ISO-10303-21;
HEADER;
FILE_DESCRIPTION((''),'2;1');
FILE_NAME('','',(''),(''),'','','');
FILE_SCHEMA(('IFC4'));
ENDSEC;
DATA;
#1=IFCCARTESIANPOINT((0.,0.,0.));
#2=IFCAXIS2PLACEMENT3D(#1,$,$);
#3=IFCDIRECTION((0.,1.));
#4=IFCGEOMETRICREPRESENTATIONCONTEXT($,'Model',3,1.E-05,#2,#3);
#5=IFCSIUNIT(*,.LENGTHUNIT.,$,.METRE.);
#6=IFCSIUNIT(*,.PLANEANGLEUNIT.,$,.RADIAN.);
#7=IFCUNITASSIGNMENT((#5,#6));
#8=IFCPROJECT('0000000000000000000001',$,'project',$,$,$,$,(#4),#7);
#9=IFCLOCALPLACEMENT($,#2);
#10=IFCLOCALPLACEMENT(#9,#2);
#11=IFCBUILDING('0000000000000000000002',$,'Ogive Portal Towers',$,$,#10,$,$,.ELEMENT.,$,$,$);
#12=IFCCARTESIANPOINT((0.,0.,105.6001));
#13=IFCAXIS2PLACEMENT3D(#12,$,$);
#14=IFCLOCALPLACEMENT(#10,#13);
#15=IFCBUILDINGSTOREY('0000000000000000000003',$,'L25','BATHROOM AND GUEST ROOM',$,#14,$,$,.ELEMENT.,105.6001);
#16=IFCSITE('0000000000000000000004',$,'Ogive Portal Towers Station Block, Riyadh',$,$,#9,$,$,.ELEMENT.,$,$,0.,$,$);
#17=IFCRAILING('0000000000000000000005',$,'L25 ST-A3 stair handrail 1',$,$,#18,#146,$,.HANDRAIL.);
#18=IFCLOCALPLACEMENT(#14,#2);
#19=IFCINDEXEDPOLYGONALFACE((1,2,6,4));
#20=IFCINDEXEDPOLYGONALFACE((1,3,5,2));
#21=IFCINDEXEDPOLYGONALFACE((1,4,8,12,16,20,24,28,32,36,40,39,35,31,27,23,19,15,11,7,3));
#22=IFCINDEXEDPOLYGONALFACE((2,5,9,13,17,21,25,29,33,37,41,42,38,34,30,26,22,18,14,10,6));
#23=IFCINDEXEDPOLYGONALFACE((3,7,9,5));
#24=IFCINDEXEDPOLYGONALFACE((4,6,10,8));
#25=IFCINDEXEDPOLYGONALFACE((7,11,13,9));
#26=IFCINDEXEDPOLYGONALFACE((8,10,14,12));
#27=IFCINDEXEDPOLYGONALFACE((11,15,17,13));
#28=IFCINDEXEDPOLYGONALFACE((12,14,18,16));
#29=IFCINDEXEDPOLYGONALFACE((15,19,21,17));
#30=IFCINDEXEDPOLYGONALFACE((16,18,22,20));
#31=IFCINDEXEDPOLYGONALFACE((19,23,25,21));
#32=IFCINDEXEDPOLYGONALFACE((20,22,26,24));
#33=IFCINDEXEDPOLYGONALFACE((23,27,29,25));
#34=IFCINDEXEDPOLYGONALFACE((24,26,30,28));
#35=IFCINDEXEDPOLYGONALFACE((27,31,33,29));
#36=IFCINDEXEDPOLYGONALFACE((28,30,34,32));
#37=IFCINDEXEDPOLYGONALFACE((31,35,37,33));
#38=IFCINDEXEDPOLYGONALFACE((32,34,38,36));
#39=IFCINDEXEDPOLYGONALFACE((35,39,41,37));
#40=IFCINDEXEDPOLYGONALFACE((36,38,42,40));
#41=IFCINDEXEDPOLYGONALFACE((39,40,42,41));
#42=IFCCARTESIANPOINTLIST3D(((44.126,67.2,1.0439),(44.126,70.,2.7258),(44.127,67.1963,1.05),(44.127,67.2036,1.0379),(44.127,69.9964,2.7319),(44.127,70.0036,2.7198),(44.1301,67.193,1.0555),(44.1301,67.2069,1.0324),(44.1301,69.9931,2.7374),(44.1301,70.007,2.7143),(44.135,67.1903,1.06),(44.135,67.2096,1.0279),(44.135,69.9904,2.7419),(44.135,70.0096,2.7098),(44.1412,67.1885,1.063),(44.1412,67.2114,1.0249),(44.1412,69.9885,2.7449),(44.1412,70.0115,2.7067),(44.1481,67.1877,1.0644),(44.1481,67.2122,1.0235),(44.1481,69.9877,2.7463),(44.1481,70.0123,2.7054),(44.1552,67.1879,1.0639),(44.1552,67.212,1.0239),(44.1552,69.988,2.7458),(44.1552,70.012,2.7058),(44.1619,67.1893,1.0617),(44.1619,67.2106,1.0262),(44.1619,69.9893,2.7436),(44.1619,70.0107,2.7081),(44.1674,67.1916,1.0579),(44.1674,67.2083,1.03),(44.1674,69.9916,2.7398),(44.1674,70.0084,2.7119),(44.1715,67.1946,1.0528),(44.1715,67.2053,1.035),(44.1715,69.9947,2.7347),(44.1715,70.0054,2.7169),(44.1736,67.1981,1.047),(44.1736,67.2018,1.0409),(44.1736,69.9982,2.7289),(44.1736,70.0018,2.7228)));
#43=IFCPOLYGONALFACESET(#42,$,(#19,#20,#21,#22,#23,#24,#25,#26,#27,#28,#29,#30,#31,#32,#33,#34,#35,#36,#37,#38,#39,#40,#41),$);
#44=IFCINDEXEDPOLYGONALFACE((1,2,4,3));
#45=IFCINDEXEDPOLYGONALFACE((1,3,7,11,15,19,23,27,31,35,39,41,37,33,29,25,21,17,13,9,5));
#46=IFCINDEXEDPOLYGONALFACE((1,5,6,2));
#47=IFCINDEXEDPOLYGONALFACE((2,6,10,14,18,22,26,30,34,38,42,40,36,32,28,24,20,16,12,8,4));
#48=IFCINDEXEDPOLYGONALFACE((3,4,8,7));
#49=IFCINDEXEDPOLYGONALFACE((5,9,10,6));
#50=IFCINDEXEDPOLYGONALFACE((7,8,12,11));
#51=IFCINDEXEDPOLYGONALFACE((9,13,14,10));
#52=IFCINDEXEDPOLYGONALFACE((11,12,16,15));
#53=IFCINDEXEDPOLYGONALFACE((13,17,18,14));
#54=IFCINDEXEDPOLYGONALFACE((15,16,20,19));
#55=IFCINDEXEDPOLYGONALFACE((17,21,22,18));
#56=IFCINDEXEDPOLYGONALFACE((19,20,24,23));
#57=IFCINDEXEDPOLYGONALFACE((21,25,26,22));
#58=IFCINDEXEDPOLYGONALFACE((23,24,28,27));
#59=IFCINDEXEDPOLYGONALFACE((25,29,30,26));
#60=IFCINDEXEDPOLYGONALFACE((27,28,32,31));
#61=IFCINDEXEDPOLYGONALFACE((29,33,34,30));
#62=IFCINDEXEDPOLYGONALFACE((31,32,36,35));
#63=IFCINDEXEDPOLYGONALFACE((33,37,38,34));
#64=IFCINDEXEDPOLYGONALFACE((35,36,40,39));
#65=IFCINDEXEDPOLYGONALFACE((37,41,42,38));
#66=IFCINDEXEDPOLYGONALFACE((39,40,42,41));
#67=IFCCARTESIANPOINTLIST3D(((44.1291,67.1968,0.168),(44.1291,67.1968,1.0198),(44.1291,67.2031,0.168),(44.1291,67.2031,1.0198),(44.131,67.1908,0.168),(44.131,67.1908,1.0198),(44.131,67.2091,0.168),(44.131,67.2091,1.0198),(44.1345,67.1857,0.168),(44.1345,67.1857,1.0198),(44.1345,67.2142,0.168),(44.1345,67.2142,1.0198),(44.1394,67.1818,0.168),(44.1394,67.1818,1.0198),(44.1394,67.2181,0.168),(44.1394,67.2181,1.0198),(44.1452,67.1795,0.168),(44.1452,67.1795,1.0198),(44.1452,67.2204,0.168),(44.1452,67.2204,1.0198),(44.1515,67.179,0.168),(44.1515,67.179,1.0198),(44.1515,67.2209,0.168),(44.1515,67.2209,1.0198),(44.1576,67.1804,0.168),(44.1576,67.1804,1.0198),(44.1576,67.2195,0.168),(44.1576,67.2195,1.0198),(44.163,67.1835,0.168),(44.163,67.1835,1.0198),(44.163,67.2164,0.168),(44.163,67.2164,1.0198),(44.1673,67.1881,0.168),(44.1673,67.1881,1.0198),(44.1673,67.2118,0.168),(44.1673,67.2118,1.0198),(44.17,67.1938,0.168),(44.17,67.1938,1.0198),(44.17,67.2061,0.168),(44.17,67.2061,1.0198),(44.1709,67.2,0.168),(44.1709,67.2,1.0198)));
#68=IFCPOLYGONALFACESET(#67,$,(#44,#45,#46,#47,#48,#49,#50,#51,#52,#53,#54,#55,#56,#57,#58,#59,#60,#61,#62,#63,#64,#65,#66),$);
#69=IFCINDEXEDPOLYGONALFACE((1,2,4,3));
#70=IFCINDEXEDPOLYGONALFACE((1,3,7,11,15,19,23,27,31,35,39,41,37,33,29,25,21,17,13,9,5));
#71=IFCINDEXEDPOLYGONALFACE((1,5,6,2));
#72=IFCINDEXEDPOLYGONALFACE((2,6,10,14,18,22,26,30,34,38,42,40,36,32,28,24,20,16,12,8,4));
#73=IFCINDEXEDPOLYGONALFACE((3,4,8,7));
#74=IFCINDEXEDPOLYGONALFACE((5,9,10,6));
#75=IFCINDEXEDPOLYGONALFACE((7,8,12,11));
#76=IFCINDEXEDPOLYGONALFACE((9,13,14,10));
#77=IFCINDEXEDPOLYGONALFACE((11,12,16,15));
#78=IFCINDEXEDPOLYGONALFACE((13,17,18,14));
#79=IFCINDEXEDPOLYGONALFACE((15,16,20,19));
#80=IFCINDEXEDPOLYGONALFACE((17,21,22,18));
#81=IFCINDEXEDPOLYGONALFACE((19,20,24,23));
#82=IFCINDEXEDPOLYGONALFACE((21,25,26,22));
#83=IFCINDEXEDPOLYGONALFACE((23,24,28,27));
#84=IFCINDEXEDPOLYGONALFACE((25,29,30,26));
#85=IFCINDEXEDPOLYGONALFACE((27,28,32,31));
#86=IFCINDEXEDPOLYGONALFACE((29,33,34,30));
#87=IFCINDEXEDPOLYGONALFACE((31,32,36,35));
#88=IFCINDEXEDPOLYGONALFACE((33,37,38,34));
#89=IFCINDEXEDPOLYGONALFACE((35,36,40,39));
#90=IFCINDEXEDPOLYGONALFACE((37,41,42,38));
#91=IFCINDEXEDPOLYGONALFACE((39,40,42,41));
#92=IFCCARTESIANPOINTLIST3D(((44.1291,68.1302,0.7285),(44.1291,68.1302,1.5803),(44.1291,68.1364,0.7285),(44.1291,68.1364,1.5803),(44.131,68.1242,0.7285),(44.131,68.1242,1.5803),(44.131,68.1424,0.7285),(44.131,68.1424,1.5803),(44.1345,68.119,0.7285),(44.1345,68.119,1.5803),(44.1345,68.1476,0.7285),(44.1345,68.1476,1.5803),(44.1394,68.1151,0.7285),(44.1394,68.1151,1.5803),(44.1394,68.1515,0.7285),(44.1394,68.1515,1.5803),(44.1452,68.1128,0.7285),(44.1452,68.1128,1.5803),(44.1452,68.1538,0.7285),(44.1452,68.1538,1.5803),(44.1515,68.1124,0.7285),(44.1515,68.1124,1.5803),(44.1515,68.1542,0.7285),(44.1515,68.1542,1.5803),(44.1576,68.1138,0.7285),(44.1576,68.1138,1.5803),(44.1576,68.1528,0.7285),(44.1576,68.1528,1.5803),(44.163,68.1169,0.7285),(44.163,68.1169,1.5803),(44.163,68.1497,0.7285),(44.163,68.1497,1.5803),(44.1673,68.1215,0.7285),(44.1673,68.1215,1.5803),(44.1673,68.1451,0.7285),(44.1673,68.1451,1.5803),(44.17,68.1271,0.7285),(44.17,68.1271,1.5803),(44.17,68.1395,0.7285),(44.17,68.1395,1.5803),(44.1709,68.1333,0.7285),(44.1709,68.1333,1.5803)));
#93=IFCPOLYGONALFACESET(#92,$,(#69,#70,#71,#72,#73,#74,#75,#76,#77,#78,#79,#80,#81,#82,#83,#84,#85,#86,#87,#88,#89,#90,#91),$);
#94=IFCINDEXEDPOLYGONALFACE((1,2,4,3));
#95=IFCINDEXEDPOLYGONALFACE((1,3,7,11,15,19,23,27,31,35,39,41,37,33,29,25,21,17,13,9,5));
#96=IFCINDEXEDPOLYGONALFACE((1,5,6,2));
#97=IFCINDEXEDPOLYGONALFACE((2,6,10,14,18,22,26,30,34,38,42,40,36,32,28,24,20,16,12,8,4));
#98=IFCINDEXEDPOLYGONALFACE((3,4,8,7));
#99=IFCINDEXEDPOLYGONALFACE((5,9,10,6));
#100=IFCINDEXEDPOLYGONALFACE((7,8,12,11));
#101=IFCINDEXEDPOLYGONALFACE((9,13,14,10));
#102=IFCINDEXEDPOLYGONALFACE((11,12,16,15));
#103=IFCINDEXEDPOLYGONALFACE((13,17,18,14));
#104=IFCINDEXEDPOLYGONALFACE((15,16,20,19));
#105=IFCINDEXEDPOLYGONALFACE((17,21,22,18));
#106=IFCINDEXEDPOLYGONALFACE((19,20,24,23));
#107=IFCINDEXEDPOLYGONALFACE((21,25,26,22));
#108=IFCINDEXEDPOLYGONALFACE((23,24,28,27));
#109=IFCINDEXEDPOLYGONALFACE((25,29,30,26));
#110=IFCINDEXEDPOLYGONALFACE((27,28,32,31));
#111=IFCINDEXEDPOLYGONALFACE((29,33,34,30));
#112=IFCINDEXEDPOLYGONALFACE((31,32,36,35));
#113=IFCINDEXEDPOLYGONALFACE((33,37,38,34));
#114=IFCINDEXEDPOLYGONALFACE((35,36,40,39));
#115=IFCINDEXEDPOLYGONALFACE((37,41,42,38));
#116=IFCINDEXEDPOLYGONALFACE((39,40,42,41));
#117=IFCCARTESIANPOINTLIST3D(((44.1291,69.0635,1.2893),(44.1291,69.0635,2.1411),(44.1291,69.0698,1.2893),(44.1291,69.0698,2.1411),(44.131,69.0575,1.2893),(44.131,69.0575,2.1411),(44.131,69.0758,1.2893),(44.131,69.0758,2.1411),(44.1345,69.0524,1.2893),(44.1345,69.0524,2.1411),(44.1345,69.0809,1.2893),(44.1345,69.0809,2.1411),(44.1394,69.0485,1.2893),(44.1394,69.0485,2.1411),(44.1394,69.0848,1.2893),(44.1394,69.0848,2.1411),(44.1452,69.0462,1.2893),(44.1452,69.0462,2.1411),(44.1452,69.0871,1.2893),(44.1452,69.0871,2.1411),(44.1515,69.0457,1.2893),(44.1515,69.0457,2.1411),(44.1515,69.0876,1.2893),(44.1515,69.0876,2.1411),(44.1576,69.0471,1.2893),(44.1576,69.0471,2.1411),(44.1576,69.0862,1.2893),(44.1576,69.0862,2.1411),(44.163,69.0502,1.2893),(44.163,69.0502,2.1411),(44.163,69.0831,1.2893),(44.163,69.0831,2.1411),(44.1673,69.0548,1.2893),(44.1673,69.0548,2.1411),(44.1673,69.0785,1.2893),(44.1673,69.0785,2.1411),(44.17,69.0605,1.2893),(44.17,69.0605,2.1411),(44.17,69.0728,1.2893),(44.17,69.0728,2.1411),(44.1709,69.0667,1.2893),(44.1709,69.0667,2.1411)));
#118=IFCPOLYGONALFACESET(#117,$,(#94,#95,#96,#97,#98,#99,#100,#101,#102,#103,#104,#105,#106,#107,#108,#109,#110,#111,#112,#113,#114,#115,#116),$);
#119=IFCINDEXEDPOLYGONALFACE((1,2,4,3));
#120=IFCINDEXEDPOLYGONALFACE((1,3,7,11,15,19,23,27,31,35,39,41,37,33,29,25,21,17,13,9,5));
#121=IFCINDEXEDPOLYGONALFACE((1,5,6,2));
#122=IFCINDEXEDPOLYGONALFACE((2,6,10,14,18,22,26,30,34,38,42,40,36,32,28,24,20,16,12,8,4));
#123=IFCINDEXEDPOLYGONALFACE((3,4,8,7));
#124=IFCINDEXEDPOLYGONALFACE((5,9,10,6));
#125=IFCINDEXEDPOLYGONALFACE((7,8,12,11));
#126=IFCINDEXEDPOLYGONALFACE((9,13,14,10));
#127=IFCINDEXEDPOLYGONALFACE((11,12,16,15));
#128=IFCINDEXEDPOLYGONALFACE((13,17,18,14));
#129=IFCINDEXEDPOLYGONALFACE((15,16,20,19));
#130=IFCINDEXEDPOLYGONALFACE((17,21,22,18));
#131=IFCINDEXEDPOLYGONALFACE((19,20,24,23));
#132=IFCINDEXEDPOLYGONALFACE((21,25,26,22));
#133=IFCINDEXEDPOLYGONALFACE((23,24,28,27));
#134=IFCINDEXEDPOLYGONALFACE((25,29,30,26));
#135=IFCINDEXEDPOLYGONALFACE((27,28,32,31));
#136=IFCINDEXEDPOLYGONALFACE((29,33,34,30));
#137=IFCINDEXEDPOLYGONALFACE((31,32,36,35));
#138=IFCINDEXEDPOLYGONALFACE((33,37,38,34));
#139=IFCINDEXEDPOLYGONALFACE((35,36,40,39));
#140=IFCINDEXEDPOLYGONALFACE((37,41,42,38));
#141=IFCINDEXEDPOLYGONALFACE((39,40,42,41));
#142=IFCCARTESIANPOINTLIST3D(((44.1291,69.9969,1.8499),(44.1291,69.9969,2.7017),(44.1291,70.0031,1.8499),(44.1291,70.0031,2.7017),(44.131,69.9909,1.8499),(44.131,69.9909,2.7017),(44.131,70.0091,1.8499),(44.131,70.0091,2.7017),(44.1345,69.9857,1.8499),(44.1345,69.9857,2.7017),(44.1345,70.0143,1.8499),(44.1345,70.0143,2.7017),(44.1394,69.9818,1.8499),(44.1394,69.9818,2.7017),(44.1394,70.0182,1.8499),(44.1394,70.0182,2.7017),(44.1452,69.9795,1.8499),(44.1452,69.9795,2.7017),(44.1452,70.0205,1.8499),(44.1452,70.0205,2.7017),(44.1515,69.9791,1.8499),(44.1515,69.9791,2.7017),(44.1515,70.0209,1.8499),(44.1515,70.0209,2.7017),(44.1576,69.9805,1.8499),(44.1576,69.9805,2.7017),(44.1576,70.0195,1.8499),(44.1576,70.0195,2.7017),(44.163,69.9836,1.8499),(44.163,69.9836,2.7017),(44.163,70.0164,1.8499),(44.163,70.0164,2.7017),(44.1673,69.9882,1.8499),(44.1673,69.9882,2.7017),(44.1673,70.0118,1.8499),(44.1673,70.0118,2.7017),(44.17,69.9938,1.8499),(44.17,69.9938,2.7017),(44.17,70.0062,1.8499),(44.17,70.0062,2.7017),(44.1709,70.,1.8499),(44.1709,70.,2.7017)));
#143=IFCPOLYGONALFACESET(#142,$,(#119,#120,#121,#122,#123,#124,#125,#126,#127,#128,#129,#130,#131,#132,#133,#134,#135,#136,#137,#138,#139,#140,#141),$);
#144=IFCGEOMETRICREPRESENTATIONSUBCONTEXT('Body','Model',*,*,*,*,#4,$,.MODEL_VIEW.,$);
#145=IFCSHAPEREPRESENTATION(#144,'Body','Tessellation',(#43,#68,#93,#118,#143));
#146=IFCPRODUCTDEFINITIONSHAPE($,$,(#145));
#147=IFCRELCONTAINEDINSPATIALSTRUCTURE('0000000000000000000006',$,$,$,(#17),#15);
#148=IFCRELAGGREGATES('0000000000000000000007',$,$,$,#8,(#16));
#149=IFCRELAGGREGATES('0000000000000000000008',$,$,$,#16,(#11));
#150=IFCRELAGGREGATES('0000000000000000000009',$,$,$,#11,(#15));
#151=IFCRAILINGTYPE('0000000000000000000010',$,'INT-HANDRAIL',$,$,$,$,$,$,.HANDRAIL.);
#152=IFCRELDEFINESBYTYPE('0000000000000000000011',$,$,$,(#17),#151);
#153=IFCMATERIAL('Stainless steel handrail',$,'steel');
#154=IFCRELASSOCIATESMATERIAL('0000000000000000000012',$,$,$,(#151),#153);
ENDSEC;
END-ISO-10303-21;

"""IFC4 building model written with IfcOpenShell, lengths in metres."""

from ifc_helpers import new_model, si_unit, direction, frame, origin, origin_2d, place, context, subcontext, project, spatial, circle, extrude, material, type_object, element, save


model = new_model("IFC4")

# Units and contexts
model_context = context("Model", 3, precision=1e-05, world=origin(), true_north=direction((0.0, 1.0)))
body_context = subcontext(model_context, "Body", "Model", "MODEL_VIEW")
ifc_project = project(units=[si_unit("LENGTHUNIT", "METRE"), si_unit("PLANEANGLEUNIT", "RADIAN")], contexts=[model_context])

# Site, building, storey
site_placement = place(None, origin())
site = spatial("IfcSite", under=ifc_project, at=site_placement, Name="Ogive Portal Towers Station Block, Riyadh", CompositionType="ELEMENT", RefElevation=0.0)
building_placement = place(site_placement, origin())
building = spatial("IfcBuilding", under=site, at=building_placement, Name="Ogive Portal Towers", CompositionType="ELEMENT")
storey_placement = place(building_placement, frame((0.0, 0.0, 105.6001)))
storey = spatial("IfcBuildingStorey", under=building, at=storey_placement, Name="L25", Description="BATHROOM AND GUEST ROOM", CompositionType="ELEMENT", Elevation=105.6001)

# Railing
ifc_material_1 = material(Name="Stainless steel handrail", Category="steel")
railing_type_1 = type_object("IfcRailingType", Name="INT-HANDRAIL", PredefinedType="HANDRAIL", material=ifc_material_1)
railing_1_placement = place(storey_placement, frame((44.1499, 67.2, 0.168)))
element("IfcRailing", 1, at=railing_1_placement, inside=storey, type_object=railing_type_1, Name="L25 ST-A3 stair handrail 1", PredefinedType="HANDRAIL", context=body_context, shape_type="SweptSolid", body=[
    extrude(circle(Radius=0.0239, at=origin_2d()), frame((0.0, 0.0, 0.876), z_axis=(0.0, 0.857242, 0.514913), x_axis=(-1.0, 0.0, 0.0)), (0.0, 0.0, 1.0), 3.2664),
    extrude(circle(Radius=0.021, at=origin_2d()), origin(), (0.0, 0.0, 1.0), 0.8518),
    extrude(circle(Radius=0.021, at=origin_2d()), frame((0.0, 0.9333, 0.5605)), (0.0, 0.0, 1.0), 0.8518),
    extrude(circle(Radius=0.021, at=origin_2d()), frame((0.0, 1.8667, 1.1213)), (0.0, 0.0, 1.0), 0.8518),
    extrude(circle(Radius=0.021, at=origin_2d()), frame((0.0, 2.8, 1.6819)), (0.0, 0.0, 1.0), 0.8518),
])

save(model, "model.ifc")
